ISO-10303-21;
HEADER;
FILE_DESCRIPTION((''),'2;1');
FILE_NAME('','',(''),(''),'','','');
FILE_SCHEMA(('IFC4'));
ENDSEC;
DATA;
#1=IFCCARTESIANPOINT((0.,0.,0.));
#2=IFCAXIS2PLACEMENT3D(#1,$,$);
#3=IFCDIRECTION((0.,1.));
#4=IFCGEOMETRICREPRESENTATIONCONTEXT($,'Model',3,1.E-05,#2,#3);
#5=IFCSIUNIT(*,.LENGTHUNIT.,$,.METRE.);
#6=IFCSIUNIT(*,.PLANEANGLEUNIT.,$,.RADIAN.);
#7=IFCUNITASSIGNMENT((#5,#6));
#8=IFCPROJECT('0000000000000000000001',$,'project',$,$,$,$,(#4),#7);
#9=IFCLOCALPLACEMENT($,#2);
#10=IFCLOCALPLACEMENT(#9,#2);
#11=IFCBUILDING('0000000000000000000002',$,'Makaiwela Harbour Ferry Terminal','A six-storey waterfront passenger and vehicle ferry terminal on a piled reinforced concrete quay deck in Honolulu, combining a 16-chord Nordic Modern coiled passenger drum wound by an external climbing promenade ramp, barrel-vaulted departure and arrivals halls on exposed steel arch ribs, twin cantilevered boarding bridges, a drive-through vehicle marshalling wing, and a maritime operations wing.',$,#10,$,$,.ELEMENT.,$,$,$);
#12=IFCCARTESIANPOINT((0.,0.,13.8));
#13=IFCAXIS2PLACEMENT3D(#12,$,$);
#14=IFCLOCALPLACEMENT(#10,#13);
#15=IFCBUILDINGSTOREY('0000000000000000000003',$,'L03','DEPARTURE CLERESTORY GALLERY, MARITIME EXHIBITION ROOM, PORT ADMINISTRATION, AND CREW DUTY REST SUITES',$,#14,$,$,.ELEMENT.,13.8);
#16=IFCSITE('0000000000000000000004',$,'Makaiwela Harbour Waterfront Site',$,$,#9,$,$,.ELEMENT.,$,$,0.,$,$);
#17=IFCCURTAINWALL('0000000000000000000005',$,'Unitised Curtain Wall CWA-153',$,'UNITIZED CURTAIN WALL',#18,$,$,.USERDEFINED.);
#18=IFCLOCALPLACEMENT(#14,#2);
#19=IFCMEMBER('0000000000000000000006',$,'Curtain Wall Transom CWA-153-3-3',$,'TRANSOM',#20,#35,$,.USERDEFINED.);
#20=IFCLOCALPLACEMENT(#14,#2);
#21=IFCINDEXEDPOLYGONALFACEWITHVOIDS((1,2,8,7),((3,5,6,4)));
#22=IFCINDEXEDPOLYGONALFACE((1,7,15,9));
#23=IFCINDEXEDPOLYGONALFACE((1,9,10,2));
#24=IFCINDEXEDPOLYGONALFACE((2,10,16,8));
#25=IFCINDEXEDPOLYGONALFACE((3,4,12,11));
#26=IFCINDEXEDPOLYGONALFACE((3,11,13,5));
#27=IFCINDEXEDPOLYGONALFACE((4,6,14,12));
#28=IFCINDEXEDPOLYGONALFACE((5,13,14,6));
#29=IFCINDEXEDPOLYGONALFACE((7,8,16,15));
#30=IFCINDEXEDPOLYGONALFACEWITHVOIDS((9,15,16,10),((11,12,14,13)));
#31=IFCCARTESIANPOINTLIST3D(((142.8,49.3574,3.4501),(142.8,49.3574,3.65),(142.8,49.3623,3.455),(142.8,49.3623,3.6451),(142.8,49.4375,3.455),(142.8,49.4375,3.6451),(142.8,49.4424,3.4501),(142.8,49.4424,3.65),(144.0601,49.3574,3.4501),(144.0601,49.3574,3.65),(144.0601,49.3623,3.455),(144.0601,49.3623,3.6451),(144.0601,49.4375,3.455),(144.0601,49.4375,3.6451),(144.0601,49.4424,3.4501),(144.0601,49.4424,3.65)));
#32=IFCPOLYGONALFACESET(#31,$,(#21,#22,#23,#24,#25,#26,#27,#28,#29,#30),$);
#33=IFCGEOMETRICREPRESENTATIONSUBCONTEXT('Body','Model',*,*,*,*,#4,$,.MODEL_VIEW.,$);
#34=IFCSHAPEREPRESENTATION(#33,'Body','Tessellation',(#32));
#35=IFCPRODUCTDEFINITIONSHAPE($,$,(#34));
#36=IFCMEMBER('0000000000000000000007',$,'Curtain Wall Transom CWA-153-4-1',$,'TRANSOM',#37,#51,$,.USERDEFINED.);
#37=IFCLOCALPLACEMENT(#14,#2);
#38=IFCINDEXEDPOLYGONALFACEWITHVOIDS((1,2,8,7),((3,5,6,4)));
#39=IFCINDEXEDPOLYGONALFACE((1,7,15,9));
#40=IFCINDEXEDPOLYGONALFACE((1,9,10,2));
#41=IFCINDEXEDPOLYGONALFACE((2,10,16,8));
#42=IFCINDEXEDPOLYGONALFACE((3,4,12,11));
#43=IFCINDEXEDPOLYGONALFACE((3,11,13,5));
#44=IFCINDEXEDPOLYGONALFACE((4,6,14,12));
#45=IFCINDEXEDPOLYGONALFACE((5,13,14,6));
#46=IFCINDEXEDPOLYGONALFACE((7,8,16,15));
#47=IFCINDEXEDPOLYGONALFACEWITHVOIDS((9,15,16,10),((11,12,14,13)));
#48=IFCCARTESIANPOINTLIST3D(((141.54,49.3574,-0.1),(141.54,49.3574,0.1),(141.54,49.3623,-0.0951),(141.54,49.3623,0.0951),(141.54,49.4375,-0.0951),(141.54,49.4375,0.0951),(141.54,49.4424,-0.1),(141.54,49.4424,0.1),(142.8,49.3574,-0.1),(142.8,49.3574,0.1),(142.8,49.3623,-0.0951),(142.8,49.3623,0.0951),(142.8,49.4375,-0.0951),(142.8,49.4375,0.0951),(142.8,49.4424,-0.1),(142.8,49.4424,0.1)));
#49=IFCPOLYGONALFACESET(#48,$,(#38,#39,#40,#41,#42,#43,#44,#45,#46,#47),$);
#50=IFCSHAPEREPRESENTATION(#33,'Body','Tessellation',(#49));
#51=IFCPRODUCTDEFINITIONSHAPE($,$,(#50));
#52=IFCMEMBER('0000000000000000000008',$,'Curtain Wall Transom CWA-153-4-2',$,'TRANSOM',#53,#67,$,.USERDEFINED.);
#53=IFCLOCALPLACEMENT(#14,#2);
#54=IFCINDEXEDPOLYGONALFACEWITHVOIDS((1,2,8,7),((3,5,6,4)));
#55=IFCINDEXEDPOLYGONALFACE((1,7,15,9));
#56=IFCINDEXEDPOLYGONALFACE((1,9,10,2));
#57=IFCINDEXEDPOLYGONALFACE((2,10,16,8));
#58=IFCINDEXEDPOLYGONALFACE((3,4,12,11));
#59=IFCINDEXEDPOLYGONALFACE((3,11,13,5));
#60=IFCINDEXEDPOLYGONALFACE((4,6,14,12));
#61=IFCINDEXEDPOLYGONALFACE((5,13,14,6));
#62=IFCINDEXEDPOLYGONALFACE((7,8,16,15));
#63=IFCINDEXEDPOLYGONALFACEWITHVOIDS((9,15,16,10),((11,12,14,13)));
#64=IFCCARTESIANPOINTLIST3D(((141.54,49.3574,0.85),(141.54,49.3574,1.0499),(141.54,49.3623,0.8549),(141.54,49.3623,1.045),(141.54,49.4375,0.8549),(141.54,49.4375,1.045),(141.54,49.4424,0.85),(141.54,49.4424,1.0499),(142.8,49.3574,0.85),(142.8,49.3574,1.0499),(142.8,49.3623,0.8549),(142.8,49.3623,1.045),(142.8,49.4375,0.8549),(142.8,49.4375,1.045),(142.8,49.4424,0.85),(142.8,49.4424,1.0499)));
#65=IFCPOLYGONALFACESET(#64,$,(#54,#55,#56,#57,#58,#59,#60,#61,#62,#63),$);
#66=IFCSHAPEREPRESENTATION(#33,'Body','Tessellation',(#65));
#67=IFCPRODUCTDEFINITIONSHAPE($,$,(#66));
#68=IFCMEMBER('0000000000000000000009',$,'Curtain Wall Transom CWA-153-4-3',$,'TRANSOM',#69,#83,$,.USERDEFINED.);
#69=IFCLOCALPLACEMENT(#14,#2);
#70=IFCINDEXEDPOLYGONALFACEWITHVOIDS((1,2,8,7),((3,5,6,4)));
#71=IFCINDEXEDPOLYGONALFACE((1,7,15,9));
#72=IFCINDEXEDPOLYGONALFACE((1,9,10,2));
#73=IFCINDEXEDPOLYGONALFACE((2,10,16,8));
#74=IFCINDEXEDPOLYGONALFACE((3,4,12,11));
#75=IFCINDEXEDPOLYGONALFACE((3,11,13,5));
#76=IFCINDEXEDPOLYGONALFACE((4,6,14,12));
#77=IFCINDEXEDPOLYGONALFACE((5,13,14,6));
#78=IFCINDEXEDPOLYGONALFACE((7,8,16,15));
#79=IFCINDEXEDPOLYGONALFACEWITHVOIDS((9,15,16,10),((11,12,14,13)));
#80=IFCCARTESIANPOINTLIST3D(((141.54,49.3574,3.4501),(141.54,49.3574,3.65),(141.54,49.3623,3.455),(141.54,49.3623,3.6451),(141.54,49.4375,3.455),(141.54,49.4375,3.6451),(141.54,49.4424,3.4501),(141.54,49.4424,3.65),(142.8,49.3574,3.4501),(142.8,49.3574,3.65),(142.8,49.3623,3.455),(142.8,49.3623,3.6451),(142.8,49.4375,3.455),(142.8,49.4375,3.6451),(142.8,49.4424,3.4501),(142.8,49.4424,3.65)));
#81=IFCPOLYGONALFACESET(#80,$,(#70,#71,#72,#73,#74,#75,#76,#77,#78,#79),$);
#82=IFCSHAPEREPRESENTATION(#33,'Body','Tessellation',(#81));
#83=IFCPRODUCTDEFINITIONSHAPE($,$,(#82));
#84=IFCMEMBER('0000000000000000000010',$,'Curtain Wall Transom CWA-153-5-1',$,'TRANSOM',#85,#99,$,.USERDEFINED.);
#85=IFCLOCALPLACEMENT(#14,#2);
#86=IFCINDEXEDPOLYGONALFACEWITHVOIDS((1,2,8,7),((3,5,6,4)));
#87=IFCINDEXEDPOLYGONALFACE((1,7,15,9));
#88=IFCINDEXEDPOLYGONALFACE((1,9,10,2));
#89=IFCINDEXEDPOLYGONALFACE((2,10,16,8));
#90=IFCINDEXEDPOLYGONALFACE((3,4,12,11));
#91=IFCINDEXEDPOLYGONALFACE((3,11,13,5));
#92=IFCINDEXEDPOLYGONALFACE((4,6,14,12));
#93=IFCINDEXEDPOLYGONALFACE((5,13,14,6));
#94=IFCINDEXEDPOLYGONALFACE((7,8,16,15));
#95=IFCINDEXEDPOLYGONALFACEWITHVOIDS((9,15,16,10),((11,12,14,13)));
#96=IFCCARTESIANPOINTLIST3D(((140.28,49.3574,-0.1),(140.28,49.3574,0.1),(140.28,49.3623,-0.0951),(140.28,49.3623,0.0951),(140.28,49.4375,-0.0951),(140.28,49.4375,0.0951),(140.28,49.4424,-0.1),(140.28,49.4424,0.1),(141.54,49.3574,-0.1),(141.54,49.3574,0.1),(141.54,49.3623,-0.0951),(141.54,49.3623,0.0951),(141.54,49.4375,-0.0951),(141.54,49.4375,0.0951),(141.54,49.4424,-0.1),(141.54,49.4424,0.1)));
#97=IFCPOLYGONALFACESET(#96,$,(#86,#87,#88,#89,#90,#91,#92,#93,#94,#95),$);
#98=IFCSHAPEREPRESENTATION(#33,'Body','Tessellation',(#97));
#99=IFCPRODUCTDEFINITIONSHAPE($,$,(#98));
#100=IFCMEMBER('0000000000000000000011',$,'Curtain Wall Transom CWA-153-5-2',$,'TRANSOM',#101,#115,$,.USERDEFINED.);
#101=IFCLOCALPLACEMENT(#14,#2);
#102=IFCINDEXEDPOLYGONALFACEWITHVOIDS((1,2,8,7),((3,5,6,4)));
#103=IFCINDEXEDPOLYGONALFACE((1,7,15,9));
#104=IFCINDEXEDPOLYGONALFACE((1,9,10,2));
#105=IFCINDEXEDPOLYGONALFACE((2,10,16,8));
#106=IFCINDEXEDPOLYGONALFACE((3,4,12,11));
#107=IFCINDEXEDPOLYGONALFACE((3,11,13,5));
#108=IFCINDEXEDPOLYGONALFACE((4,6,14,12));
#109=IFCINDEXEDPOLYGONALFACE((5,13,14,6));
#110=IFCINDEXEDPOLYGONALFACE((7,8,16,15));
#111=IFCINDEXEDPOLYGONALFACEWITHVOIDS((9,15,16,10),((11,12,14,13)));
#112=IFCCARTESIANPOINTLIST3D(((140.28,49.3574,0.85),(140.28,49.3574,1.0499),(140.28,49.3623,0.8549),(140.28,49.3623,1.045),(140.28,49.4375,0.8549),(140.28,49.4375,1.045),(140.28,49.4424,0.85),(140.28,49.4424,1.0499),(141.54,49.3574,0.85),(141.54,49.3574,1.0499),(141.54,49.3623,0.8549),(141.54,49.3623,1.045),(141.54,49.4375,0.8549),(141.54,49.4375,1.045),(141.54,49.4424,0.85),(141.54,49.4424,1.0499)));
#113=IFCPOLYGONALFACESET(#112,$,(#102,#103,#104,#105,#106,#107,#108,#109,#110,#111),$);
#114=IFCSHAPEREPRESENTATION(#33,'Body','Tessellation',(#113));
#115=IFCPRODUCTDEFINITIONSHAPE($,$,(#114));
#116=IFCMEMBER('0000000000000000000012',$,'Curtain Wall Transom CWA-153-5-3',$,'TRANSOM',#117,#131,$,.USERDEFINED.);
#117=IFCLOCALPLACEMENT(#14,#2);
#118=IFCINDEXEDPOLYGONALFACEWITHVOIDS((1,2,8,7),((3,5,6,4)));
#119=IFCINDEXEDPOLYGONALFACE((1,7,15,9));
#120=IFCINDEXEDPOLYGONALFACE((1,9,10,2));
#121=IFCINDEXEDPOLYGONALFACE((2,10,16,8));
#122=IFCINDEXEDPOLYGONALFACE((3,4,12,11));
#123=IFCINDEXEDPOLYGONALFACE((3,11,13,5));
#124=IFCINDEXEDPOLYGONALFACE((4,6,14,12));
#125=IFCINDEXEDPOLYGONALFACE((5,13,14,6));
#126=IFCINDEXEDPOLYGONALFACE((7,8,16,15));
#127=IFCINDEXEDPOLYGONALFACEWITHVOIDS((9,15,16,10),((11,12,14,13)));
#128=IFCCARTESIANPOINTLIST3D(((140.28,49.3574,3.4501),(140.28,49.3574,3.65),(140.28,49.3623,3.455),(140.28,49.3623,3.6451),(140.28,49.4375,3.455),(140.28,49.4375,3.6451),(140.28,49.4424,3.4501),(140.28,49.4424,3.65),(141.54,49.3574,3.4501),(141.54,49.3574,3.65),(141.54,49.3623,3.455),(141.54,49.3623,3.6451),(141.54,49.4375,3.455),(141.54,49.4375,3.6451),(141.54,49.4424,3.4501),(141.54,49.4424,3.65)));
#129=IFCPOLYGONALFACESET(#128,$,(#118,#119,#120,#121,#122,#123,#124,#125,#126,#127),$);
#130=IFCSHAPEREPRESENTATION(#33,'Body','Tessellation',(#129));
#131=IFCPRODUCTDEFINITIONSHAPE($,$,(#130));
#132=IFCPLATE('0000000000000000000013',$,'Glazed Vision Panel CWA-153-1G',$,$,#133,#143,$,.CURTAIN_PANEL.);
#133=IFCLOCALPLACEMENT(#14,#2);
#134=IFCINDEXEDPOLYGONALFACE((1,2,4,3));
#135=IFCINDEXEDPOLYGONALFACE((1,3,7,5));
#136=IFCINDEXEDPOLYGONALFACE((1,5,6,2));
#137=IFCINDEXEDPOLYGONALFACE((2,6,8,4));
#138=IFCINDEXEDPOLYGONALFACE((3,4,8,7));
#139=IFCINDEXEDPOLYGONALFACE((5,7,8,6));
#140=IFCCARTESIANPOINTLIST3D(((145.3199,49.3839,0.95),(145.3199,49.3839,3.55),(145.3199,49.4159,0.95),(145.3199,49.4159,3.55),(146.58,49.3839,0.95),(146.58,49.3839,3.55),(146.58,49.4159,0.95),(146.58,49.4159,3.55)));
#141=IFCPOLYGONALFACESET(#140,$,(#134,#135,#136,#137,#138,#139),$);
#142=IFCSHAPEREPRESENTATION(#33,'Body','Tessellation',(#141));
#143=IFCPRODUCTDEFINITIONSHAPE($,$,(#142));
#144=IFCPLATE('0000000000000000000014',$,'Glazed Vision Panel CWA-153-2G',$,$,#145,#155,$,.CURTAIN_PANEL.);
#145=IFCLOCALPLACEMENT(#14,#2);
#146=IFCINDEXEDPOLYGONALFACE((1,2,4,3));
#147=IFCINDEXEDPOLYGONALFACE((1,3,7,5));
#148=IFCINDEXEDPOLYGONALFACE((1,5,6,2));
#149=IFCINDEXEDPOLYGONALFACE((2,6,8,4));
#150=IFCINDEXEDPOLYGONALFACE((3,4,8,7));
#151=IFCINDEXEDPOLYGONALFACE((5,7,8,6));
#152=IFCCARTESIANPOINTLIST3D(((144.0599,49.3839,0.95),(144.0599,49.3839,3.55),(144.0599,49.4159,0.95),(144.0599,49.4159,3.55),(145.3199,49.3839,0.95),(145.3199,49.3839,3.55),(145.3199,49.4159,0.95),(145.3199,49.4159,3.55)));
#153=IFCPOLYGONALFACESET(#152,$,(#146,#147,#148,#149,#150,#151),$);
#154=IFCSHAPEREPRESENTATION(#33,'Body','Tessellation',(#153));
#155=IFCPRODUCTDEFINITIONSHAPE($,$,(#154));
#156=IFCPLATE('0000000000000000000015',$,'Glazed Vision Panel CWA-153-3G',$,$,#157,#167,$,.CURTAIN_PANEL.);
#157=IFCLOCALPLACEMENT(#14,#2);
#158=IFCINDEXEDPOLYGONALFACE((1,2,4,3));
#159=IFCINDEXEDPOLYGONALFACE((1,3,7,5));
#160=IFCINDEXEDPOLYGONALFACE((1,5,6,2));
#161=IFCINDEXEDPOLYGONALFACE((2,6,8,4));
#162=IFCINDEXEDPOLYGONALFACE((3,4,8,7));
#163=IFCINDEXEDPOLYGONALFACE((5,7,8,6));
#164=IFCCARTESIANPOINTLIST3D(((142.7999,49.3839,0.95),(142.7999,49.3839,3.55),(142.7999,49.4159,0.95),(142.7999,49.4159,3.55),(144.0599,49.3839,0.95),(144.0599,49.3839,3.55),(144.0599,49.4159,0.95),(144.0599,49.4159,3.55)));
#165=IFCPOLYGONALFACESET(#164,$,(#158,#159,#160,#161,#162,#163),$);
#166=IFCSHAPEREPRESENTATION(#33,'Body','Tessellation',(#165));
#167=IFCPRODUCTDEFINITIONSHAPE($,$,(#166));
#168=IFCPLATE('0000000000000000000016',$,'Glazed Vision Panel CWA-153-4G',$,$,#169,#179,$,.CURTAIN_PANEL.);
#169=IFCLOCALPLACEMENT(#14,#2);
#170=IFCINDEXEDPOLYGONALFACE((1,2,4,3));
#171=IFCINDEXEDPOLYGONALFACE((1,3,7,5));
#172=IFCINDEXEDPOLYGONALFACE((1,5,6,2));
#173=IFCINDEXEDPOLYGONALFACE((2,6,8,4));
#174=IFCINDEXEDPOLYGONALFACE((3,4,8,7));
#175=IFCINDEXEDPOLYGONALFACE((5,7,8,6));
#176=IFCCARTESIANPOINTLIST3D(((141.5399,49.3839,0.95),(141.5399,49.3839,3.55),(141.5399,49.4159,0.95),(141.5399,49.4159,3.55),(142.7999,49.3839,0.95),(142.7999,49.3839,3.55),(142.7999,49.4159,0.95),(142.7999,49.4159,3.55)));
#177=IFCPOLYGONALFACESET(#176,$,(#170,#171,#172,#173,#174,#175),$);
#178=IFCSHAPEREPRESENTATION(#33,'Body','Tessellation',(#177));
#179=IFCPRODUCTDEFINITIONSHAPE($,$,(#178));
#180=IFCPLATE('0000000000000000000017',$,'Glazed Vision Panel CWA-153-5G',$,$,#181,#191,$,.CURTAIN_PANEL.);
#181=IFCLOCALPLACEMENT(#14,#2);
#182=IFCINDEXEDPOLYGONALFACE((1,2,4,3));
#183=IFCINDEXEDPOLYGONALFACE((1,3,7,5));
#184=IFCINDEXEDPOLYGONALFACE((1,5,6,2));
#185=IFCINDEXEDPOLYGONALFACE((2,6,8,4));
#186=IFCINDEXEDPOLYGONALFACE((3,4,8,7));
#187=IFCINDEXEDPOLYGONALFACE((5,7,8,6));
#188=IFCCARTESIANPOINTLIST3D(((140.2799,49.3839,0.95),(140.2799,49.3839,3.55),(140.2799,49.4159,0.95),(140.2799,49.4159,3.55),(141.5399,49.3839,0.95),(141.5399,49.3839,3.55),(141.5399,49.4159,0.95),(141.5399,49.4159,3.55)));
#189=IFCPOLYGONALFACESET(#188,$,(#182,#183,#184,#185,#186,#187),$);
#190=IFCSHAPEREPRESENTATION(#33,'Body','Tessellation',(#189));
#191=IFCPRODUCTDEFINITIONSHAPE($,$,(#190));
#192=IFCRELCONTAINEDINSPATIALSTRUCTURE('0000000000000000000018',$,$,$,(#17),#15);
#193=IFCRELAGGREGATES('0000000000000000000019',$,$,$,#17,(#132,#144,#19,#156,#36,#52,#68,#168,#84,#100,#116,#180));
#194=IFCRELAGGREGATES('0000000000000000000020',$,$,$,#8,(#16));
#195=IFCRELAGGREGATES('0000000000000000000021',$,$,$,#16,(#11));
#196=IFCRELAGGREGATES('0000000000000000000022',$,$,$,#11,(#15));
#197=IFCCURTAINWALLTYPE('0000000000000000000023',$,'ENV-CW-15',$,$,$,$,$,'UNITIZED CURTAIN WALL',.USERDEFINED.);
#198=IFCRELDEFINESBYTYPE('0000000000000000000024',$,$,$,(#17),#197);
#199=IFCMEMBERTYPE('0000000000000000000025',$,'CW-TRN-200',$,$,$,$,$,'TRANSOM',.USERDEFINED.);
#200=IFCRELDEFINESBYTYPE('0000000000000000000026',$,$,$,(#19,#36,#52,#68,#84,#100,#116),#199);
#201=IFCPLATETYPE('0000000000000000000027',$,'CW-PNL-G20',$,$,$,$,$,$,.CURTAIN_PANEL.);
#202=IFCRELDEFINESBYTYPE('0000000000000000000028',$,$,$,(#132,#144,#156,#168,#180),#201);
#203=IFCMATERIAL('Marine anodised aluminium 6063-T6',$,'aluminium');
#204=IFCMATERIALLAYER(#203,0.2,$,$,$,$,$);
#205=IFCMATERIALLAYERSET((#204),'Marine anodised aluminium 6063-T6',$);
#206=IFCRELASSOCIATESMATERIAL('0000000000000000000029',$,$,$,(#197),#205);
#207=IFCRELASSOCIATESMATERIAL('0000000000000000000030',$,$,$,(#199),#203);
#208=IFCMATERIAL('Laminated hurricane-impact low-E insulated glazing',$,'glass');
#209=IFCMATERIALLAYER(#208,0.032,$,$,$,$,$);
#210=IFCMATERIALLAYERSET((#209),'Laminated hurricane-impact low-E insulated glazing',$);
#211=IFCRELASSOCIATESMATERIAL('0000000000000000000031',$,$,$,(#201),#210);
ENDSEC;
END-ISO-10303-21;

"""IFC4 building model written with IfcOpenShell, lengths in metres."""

from ifc_helpers import new_model, si_unit, direction, frame, origin, origin_2d, place, context, subcontext, project, spatial, rectangle, hollow_rectangle, extrude, material, layer, layer_set, material_profile, profile_set, type_object, element, aggregate, save


model = new_model("IFC4")

# Units and contexts
model_context = context("Model", 3, precision=1e-05, world=origin(), true_north=direction((0.0, 1.0)))
body_context = subcontext(model_context, "Body", "Model", "MODEL_VIEW")
ifc_project = project(units=[si_unit("LENGTHUNIT", "METRE"), si_unit("PLANEANGLEUNIT", "RADIAN")], contexts=[model_context])

# Site, building, storey
site_placement = place(None, origin())
site = spatial("IfcSite", under=ifc_project, at=site_placement, Name="Makaiwela Harbour Waterfront Site", CompositionType="ELEMENT", RefElevation=0.0)
building_placement = place(site_placement, origin())
building = spatial("IfcBuilding", under=site, at=building_placement, Name="Makaiwela Harbour Ferry Terminal", Description="A six-storey waterfront passenger and vehicle ferry terminal on a piled reinforced concrete quay deck in Honolulu, combining a 16-chord Nordic Modern coiled passenger drum wound by an external climbing promenade ramp, barrel-vaulted departure and arrivals halls on exposed steel arch ribs, twin cantilevered boarding bridges, a drive-through vehicle marshalling wing, and a maritime operations wing.", CompositionType="ELEMENT")
storey_placement = place(building_placement, frame((0.0, 0.0, 13.8)))
storey = spatial("IfcBuildingStorey", under=building, at=storey_placement, Name="L03", Description="DEPARTURE CLERESTORY GALLERY, MARITIME EXHIBITION ROOM, PORT ADMINISTRATION, AND CREW DUTY REST SUITES", CompositionType="ELEMENT", Elevation=13.8)

# Curtain wall, members, plates
ifc_material_1 = material(Name="Marine anodised aluminium 6063-T6", Category="aluminium")
ifc_layer_1 = layer(ifc_material_1, 0.2)
ifc_layer_set_1 = layer_set([ifc_layer_1], Name="Marine anodised aluminium 6063-T6")
curtain_wall_type = type_object("IfcCurtainWallType", Name="ENV-CW-15", ElementType="UNITIZED CURTAIN WALL", PredefinedType="USERDEFINED", material=ifc_layer_set_1)
curtain_wall_placement = place(storey_placement, origin())
curtain_wall = element("IfcCurtainWall", 1, at=curtain_wall_placement, inside=storey, type_object=curtain_wall_type, Name="Unitised Curtain Wall CWA-153", ObjectType="UNITIZED CURTAIN WALL", PredefinedType="USERDEFINED")
ifc_material_profile_1 = material_profile(ifc_material_1, hollow_rectangle(XDim=0.085, YDim=0.2, WallThickness=0.0049, at=origin_2d()), Name="CWT-200X85")
ifc_profile_set_1 = profile_set([ifc_material_profile_1], Name="Marine anodised aluminium 6063-T6")
member_type_1 = type_object("IfcMemberType", Name="CW-TRN-200", ElementType="TRANSOM", PredefinedType="USERDEFINED", material=ifc_profile_set_1)
member_1_placement = place(storey_placement, frame((144.0601, 49.3999, 3.55), z_axis=(-1.0, 0.0, 0.0), x_axis=(0.0, -1.0, 0.0)))
member_1 = element("IfcMember", 2, at=member_1_placement, type_object=member_type_1, Name="Curtain Wall Transom CWA-153-3-3", ObjectType="TRANSOM", PredefinedType="USERDEFINED", context=body_context, shape_type="SweptSolid", body=[
    extrude(hollow_rectangle(XDim=0.085, YDim=0.2, WallThickness=0.0049, at=origin_2d()), origin(), (0.0, 0.0, 1.0), 1.26),
])
member_2_placement = place(storey_placement, frame((142.8, 49.3999, 0.0), z_axis=(-1.0, 0.0, 0.0), x_axis=(0.0, -1.0, 0.0)))
member_2 = element("IfcMember", 3, at=member_2_placement, type_object=member_type_1, Name="Curtain Wall Transom CWA-153-4-1", ObjectType="TRANSOM", PredefinedType="USERDEFINED", context=body_context, shape_type="SweptSolid", body=[
    extrude(hollow_rectangle(XDim=0.085, YDim=0.2, WallThickness=0.0049, at=origin_2d()), origin(), (0.0, 0.0, 1.0), 1.26),
])
member_3_placement = place(storey_placement, frame((142.8, 49.3999, 0.95), z_axis=(-1.0, 0.0, 0.0), x_axis=(0.0, -1.0, 0.0)))
member_3 = element("IfcMember", 4, at=member_3_placement, type_object=member_type_1, Name="Curtain Wall Transom CWA-153-4-2", ObjectType="TRANSOM", PredefinedType="USERDEFINED", context=body_context, shape_type="SweptSolid", body=[
    extrude(hollow_rectangle(XDim=0.085, YDim=0.2, WallThickness=0.0049, at=origin_2d()), origin(), (0.0, 0.0, 1.0), 1.26),
])
member_4_placement = place(storey_placement, frame((142.8, 49.3999, 3.55), z_axis=(-1.0, 0.0, 0.0), x_axis=(0.0, -1.0, 0.0)))
member_4 = element("IfcMember", 5, at=member_4_placement, type_object=member_type_1, Name="Curtain Wall Transom CWA-153-4-3", ObjectType="TRANSOM", PredefinedType="USERDEFINED", context=body_context, shape_type="SweptSolid", body=[
    extrude(hollow_rectangle(XDim=0.085, YDim=0.2, WallThickness=0.0049, at=origin_2d()), origin(), (0.0, 0.0, 1.0), 1.26),
])
member_5_placement = place(storey_placement, frame((141.54, 49.3999, 0.0), z_axis=(-1.0, 0.0, 0.0), x_axis=(0.0, -1.0, 0.0)))
member_5 = element("IfcMember", 6, at=member_5_placement, type_object=member_type_1, Name="Curtain Wall Transom CWA-153-5-1", ObjectType="TRANSOM", PredefinedType="USERDEFINED", context=body_context, shape_type="SweptSolid", body=[
    extrude(hollow_rectangle(XDim=0.085, YDim=0.2, WallThickness=0.0049, at=origin_2d()), origin(), (0.0, 0.0, 1.0), 1.26),
])
member_6_placement = place(storey_placement, frame((141.54, 49.3999, 0.95), z_axis=(-1.0, 0.0, 0.0), x_axis=(0.0, -1.0, 0.0)))
member_6 = element("IfcMember", 7, at=member_6_placement, type_object=member_type_1, Name="Curtain Wall Transom CWA-153-5-2", ObjectType="TRANSOM", PredefinedType="USERDEFINED", context=body_context, shape_type="SweptSolid", body=[
    extrude(hollow_rectangle(XDim=0.085, YDim=0.2, WallThickness=0.0049, at=origin_2d()), origin(), (0.0, 0.0, 1.0), 1.26),
])
member_7_placement = place(storey_placement, frame((141.54, 49.3999, 3.55), z_axis=(-1.0, 0.0, 0.0), x_axis=(0.0, -1.0, 0.0)))
member_7 = element("IfcMember", 8, at=member_7_placement, type_object=member_type_1, Name="Curtain Wall Transom CWA-153-5-3", ObjectType="TRANSOM", PredefinedType="USERDEFINED", context=body_context, shape_type="SweptSolid", body=[
    extrude(hollow_rectangle(XDim=0.085, YDim=0.2, WallThickness=0.0049, at=origin_2d()), origin(), (0.0, 0.0, 1.0), 1.26),
])
ifc_material_2 = material(Name="Laminated hurricane-impact low-E insulated glazing", Category="glass")
ifc_layer_2 = layer(ifc_material_2, 0.032)
ifc_layer_set_2 = layer_set([ifc_layer_2], Name="Laminated hurricane-impact low-E insulated glazing")
plate_type_1 = type_object("IfcPlateType", Name="CW-PNL-G20", PredefinedType="CURTAIN_PANEL", material=ifc_layer_set_2)
plate_1_placement = place(storey_placement, frame((145.95, 49.3999, 0.95), z_axis=(0.0, 0.0, 1.0), x_axis=(-1.0, 0.0, 0.0)))
plate_1 = element("IfcPlate", 9, at=plate_1_placement, type_object=plate_type_1, Name="Glazed Vision Panel CWA-153-1G", PredefinedType="CURTAIN_PANEL", context=body_context, shape_type="SweptSolid", body=[
    extrude(rectangle(XDim=1.26, YDim=0.032, at=origin_2d()), origin(), (0.0, 0.0, 1.0), 2.6001),
])
plate_2_placement = place(storey_placement, frame((144.6899, 49.3999, 0.95), z_axis=(0.0, 0.0, 1.0), x_axis=(-1.0, 0.0, 0.0)))
plate_2 = element("IfcPlate", 10, at=plate_2_placement, type_object=plate_type_1, Name="Glazed Vision Panel CWA-153-2G", PredefinedType="CURTAIN_PANEL", context=body_context, shape_type="SweptSolid", body=[
    extrude(rectangle(XDim=1.26, YDim=0.032, at=origin_2d()), origin(), (0.0, 0.0, 1.0), 2.6001),
])
plate_3_placement = place(storey_placement, frame((143.4299, 49.3999, 0.95), z_axis=(0.0, 0.0, 1.0), x_axis=(-1.0, 0.0, 0.0)))
plate_3 = element("IfcPlate", 11, at=plate_3_placement, type_object=plate_type_1, Name="Glazed Vision Panel CWA-153-3G", PredefinedType="CURTAIN_PANEL", context=body_context, shape_type="SweptSolid", body=[
    extrude(rectangle(XDim=1.26, YDim=0.032, at=origin_2d()), origin(), (0.0, 0.0, 1.0), 2.6001),
])
plate_4_placement = place(storey_placement, frame((142.1699, 49.3999, 0.95), z_axis=(0.0, 0.0, 1.0), x_axis=(-1.0, 0.0, 0.0)))
plate_4 = element("IfcPlate", 12, at=plate_4_placement, type_object=plate_type_1, Name="Glazed Vision Panel CWA-153-4G", PredefinedType="CURTAIN_PANEL", context=body_context, shape_type="SweptSolid", body=[
    extrude(rectangle(XDim=1.26, YDim=0.032, at=origin_2d()), origin(), (0.0, 0.0, 1.0), 2.6001),
])
plate_5_placement = place(storey_placement, frame((140.9099, 49.3999, 0.95), z_axis=(0.0, 0.0, 1.0), x_axis=(-1.0, 0.0, 0.0)))
plate_5 = element("IfcPlate", 13, at=plate_5_placement, type_object=plate_type_1, Name="Glazed Vision Panel CWA-153-5G", PredefinedType="CURTAIN_PANEL", context=body_context, shape_type="SweptSolid", body=[
    extrude(rectangle(XDim=1.26, YDim=0.032, at=origin_2d()), origin(), (0.0, 0.0, 1.0), 2.6001),
])
aggregate(curtain_wall, [plate_1, plate_2, member_1, plate_3, member_2, member_3, member_4, plate_4, member_5, member_6, member_7, plate_5])

save(model, "model.ifc")
